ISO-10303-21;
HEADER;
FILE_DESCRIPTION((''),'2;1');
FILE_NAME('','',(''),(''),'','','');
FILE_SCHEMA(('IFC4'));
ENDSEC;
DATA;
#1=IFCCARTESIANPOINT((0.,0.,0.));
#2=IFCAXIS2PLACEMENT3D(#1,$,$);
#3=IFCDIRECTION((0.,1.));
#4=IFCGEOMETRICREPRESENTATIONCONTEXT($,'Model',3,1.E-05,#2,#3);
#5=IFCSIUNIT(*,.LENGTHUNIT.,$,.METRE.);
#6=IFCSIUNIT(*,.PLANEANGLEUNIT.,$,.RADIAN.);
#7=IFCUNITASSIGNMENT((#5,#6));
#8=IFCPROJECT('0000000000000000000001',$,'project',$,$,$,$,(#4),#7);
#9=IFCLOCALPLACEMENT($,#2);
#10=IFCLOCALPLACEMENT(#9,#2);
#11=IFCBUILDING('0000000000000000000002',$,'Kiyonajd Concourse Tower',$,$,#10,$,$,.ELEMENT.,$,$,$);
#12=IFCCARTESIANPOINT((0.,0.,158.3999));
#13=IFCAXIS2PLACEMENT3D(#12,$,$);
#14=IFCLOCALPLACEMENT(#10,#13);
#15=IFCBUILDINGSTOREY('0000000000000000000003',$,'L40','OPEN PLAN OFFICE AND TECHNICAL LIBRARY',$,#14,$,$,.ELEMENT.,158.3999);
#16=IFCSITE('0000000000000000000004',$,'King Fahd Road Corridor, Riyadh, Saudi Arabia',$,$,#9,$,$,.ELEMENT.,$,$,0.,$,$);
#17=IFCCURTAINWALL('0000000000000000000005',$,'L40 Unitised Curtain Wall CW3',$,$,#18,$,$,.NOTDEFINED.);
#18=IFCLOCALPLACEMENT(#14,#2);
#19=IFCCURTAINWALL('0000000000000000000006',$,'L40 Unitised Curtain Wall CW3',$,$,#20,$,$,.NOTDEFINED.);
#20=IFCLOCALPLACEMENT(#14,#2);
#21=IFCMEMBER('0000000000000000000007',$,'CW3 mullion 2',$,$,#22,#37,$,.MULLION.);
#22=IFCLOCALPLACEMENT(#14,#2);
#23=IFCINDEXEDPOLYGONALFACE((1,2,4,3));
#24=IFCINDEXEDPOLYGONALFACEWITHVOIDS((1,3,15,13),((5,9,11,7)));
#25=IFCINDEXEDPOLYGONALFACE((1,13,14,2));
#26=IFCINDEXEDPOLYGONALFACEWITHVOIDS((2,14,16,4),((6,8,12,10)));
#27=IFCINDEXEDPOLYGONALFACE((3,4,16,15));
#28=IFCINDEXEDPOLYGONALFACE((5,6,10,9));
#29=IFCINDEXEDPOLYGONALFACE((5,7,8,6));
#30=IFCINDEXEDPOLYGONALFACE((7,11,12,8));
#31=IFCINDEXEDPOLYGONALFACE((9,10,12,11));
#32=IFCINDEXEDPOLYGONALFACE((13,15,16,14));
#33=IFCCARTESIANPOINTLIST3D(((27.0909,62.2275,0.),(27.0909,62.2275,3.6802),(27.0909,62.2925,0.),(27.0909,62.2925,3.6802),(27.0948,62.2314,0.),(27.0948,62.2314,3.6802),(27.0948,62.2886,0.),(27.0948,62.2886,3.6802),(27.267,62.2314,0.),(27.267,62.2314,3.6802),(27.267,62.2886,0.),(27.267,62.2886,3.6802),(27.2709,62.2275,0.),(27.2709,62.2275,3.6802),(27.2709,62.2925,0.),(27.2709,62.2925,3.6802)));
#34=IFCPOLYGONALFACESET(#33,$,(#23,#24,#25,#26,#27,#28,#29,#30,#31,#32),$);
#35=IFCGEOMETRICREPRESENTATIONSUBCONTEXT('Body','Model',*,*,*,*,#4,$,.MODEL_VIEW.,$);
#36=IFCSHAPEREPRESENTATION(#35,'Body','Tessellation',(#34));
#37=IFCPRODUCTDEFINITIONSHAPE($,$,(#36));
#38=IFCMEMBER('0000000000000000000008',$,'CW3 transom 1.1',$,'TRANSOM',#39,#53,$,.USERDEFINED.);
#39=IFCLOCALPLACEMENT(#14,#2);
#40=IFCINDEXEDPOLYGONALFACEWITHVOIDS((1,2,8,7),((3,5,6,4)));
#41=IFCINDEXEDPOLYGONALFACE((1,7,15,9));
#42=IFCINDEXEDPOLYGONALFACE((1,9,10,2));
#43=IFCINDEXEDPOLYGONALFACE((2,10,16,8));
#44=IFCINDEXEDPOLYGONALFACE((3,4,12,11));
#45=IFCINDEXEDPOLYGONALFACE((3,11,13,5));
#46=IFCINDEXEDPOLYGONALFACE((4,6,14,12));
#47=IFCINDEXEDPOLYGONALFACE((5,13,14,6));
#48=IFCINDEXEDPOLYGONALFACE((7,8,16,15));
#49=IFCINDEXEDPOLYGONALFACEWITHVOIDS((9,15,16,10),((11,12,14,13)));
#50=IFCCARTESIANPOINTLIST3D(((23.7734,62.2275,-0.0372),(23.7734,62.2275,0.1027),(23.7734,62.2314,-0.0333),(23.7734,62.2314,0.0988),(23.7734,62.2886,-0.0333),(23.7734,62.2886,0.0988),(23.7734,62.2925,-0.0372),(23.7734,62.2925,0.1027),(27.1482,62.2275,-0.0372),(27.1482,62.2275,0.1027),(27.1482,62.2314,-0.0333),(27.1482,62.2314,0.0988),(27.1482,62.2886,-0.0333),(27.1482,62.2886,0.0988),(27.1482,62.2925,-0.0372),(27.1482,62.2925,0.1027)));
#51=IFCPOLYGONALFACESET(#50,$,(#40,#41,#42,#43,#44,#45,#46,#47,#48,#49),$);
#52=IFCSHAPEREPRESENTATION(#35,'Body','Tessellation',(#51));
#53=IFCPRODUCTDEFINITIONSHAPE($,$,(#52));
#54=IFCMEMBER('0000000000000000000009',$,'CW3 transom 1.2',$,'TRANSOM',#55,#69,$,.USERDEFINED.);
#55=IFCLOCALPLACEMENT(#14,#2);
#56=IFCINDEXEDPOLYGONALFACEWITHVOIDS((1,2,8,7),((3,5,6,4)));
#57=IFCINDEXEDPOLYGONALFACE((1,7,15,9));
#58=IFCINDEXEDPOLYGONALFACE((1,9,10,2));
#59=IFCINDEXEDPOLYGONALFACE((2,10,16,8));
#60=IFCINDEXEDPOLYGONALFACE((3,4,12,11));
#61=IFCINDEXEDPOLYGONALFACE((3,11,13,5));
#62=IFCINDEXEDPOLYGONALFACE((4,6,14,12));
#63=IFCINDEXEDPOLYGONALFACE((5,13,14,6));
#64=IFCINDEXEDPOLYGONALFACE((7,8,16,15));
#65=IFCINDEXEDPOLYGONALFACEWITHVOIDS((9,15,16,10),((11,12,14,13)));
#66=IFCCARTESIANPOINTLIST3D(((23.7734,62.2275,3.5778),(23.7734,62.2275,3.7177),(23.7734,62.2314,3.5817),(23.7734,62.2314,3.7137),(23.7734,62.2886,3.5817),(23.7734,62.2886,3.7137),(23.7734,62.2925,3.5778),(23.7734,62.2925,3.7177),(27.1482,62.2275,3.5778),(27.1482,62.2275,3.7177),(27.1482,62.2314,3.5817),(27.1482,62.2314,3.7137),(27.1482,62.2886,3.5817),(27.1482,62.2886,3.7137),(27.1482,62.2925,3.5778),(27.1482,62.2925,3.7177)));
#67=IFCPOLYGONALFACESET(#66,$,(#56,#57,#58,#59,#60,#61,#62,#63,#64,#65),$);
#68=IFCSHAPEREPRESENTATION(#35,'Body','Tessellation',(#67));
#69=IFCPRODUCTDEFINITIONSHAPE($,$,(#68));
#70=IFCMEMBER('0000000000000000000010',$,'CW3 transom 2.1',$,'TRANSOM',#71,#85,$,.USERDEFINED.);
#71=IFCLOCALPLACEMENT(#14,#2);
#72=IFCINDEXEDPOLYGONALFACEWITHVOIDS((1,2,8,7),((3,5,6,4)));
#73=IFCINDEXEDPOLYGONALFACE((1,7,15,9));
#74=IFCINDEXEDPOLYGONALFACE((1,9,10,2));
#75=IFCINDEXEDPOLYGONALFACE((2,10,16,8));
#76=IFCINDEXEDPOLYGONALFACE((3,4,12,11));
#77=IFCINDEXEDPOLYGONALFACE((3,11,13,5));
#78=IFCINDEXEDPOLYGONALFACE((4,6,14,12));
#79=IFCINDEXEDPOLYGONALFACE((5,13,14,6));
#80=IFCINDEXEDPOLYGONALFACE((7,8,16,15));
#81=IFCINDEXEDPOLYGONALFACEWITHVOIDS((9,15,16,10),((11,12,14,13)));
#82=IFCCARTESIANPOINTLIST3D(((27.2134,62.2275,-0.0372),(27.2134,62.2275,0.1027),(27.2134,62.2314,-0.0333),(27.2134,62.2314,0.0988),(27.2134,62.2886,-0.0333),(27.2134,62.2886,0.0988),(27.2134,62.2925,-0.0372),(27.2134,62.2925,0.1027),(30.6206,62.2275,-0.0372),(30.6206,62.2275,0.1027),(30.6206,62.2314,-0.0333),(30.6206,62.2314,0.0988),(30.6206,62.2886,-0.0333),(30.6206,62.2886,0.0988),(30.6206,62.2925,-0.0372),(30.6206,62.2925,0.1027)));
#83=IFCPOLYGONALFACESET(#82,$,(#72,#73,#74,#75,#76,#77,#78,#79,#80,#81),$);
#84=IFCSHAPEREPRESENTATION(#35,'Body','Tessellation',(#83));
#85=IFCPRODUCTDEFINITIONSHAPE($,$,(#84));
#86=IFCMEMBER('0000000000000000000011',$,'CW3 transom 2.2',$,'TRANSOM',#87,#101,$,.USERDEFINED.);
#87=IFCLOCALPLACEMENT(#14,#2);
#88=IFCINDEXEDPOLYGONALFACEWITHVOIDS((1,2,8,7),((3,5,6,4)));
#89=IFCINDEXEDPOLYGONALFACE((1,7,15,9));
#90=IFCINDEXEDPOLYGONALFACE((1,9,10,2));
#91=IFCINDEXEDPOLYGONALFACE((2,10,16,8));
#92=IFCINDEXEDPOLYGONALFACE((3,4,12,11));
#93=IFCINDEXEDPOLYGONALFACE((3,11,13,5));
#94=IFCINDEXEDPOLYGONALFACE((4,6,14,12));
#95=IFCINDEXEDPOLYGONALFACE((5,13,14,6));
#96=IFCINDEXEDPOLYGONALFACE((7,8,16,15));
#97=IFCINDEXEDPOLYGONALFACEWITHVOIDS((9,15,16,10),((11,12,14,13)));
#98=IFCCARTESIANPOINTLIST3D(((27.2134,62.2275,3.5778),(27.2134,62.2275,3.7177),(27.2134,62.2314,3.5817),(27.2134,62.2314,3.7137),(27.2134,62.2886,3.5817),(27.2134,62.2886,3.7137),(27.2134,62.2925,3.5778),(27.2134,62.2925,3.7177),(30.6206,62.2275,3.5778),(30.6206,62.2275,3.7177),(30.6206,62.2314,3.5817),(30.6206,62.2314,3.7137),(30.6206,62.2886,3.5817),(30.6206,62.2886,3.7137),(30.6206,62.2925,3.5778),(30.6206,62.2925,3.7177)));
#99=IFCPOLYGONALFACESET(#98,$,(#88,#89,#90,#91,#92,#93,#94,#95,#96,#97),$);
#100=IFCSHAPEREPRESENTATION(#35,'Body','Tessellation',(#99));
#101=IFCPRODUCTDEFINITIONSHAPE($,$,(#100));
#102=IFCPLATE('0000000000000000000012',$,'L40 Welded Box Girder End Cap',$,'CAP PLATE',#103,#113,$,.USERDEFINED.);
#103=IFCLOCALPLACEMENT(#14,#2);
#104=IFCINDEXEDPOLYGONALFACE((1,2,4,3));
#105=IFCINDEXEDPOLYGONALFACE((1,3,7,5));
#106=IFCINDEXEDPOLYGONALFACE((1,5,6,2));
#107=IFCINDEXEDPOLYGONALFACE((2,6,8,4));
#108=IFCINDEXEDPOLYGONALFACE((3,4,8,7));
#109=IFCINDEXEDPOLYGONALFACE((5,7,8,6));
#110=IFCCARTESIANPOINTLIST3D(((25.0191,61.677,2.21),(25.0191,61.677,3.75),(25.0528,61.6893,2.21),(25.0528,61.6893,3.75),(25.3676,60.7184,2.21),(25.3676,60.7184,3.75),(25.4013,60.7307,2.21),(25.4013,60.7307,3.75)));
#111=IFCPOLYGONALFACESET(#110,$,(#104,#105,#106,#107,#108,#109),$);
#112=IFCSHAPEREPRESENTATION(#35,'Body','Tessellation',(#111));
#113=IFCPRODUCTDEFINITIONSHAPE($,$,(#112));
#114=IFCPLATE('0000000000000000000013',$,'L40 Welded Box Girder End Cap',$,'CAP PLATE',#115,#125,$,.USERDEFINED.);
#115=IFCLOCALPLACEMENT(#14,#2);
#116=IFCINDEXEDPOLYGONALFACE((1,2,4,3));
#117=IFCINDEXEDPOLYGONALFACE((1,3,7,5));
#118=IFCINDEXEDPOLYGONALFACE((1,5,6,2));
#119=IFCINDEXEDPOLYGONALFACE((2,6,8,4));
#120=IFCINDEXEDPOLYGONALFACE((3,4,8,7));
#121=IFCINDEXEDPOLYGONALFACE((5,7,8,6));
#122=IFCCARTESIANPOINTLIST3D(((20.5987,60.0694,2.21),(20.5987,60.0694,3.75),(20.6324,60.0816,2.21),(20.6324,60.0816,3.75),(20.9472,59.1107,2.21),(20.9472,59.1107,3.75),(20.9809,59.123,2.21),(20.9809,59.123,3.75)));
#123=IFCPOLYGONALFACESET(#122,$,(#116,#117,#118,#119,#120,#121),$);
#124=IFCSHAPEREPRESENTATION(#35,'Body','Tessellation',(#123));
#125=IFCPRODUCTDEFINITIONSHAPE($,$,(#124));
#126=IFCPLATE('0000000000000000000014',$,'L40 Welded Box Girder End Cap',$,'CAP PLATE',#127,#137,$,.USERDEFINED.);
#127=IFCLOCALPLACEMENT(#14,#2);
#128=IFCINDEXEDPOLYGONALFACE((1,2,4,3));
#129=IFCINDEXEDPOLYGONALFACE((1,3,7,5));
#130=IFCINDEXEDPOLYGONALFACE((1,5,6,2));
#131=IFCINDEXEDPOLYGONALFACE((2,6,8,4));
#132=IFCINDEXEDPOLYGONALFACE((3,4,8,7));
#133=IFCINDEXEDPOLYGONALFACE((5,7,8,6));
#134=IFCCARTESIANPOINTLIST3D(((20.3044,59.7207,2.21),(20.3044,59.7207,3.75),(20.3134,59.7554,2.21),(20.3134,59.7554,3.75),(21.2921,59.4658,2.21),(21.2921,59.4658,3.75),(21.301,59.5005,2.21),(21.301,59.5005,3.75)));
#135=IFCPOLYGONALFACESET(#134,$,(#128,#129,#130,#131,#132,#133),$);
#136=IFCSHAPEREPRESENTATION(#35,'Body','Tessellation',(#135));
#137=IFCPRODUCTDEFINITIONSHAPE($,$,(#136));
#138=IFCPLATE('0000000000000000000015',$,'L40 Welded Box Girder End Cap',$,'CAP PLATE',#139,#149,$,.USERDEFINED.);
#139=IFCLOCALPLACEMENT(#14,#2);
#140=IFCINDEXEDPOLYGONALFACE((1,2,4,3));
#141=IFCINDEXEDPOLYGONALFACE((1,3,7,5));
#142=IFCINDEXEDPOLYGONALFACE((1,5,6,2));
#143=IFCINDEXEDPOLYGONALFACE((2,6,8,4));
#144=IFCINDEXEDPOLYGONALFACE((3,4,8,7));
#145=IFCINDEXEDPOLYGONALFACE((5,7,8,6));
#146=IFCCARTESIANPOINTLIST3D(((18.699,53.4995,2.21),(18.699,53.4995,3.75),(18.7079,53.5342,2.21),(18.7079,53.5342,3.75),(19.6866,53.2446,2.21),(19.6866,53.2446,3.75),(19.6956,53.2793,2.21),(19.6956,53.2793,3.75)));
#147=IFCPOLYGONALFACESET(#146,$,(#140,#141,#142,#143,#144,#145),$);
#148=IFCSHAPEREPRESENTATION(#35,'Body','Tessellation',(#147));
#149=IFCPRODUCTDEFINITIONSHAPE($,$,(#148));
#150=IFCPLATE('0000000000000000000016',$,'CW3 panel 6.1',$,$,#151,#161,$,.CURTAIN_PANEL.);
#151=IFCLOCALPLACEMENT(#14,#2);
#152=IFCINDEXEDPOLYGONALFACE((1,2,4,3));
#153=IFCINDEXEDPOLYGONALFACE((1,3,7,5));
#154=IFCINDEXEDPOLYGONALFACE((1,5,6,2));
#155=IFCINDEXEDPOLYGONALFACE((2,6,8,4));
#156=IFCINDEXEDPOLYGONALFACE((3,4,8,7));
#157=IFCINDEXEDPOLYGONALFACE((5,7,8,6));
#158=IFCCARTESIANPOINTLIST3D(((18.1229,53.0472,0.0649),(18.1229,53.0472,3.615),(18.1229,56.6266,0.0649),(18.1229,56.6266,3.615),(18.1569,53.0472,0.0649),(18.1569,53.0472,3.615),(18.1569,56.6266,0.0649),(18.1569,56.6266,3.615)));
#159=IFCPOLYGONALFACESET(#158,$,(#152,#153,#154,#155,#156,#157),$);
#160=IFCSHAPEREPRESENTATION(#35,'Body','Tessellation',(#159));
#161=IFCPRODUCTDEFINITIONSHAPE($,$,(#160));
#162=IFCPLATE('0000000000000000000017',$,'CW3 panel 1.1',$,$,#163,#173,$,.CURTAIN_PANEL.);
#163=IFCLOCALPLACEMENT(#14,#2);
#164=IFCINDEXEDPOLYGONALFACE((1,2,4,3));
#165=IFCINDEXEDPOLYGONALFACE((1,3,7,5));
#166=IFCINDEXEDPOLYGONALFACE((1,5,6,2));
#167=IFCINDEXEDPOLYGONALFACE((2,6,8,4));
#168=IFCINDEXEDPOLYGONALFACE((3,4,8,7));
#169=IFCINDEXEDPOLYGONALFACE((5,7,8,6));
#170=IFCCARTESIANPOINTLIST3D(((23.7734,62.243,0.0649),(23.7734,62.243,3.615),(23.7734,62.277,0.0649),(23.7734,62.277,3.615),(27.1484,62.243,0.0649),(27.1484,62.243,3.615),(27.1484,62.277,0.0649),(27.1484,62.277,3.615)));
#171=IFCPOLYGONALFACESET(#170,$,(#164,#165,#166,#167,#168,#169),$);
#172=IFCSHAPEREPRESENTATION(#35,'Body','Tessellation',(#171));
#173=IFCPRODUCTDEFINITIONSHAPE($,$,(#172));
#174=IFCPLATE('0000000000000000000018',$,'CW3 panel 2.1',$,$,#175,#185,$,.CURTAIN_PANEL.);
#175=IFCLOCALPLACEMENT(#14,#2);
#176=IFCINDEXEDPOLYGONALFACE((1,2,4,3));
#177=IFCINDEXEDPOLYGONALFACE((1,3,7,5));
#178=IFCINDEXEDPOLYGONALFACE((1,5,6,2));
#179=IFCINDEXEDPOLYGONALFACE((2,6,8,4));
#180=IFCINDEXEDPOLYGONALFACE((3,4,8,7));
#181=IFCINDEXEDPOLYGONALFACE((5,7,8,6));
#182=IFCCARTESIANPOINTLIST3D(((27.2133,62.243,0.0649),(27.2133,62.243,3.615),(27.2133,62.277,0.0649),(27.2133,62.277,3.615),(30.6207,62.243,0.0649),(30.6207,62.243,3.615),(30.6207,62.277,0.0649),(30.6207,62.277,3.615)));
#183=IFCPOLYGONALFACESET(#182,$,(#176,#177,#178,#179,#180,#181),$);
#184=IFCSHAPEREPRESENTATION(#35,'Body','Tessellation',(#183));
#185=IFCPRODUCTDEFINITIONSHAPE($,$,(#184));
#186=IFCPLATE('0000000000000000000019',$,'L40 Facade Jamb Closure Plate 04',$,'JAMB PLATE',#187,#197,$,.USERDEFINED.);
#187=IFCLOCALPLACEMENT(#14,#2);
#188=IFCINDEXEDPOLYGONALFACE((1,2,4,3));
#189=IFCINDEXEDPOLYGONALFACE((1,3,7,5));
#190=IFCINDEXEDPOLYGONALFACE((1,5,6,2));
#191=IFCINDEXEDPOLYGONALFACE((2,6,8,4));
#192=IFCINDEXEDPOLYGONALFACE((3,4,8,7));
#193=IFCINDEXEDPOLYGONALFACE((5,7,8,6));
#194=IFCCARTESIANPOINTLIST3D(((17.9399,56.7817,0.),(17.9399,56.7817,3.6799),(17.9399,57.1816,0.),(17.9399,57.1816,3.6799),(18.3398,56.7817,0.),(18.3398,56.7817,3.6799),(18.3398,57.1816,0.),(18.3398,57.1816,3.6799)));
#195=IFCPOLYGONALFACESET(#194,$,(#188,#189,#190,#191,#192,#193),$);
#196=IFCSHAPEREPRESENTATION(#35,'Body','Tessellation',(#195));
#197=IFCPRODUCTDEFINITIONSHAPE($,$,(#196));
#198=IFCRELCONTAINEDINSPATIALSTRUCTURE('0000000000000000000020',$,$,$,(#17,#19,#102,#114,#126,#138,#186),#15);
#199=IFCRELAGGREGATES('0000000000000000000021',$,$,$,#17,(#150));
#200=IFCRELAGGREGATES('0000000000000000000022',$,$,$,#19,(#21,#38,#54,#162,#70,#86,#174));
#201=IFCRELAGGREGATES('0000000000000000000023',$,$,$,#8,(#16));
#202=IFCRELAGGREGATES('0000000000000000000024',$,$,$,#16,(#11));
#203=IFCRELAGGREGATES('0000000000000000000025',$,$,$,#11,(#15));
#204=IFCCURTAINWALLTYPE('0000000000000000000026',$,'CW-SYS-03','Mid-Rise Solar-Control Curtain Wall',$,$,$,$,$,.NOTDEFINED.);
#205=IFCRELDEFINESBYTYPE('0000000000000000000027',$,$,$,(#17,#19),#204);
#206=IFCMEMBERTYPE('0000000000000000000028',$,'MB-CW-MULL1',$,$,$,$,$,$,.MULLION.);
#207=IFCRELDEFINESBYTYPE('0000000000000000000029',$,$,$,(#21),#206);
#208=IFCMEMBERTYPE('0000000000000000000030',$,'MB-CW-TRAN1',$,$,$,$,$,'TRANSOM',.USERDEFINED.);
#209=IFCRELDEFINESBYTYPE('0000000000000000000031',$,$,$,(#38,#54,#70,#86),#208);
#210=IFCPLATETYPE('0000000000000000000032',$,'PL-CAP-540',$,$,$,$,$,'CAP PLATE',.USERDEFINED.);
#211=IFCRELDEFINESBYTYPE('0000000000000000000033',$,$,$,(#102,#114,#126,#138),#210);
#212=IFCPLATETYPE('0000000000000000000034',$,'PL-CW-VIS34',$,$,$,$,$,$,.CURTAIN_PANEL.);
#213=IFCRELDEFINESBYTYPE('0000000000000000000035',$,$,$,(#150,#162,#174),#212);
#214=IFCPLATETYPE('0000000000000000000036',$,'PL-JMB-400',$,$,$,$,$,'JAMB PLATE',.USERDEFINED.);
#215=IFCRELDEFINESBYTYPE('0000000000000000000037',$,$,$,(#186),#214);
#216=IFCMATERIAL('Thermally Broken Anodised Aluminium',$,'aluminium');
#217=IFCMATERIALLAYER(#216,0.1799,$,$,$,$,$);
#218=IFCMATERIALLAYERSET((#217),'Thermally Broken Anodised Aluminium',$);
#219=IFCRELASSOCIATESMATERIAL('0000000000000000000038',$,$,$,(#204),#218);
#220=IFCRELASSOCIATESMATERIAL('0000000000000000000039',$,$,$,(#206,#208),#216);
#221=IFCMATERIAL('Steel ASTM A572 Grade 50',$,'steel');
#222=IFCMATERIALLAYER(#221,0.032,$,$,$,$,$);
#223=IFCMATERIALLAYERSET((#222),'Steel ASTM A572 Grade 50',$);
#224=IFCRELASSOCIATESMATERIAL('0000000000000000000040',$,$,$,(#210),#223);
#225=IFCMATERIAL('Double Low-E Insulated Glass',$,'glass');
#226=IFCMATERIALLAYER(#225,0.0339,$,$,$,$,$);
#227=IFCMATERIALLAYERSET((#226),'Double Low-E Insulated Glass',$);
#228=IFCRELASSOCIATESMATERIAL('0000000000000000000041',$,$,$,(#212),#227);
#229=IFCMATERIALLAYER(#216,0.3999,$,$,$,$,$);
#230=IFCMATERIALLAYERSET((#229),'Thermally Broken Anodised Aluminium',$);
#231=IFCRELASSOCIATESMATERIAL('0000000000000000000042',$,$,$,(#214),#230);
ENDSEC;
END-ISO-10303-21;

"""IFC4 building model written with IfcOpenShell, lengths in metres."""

from ifc_helpers import new_model, si_unit, direction, frame, origin, origin_2d, place, context, subcontext, project, spatial, rectangle, hollow_rectangle, extrude, material, layer, layer_set, material_profile, profile_set, type_object, element, aggregate, save


model = new_model("IFC4")

# Units and contexts
model_context = context("Model", 3, precision=1e-05, world=origin(), true_north=direction((0.0, 1.0)))
body_context = subcontext(model_context, "Body", "Model", "MODEL_VIEW")
ifc_project = project(units=[si_unit("LENGTHUNIT", "METRE"), si_unit("PLANEANGLEUNIT", "RADIAN")], contexts=[model_context])

# Site, building, storey
site_placement = place(None, origin())
site = spatial("IfcSite", under=ifc_project, at=site_placement, Name="King Fahd Road Corridor, Riyadh, Saudi Arabia", CompositionType="ELEMENT", RefElevation=0.0)
building_placement = place(site_placement, origin())
building = spatial("IfcBuilding", under=site, at=building_placement, Name="Kiyonajd Concourse Tower", CompositionType="ELEMENT")
storey_placement = place(building_placement, frame((0.0, 0.0, 158.3999)))
storey = spatial("IfcBuildingStorey", under=building, at=storey_placement, Name="L40", Description="OPEN PLAN OFFICE AND TECHNICAL LIBRARY", CompositionType="ELEMENT", Elevation=158.3999)

# Shared definitions
ifc_material_1 = material(Name="Steel ASTM A572 Grade 50", Category="steel")

# Curtain wall
ifc_material_2 = material(Name="Thermally Broken Anodised Aluminium", Category="aluminium")
ifc_layer_1 = layer(ifc_material_2, 0.1799)
ifc_layer_set_1 = layer_set([ifc_layer_1], Name="Thermally Broken Anodised Aluminium")
curtain_wall_type = type_object("IfcCurtainWallType", Name="CW-SYS-03", Description="Mid-Rise Solar-Control Curtain Wall", PredefinedType="NOTDEFINED", material=ifc_layer_set_1)
curtain_wall_1_placement = place(storey_placement, origin())
curtain_wall_1 = element("IfcCurtainWall", 1, at=curtain_wall_1_placement, inside=storey, type_object=curtain_wall_type, Name="L40 Unitised Curtain Wall CW3", PredefinedType="NOTDEFINED")
ifc_material_profile_1 = material_profile(ifc_material_2, hollow_rectangle(XDim=0.0649, YDim=0.1799, WallThickness=0.0039, at=origin_2d()), Name="MULL-65x180")
ifc_profile_set_1 = profile_set([ifc_material_profile_1], Name="Thermally Broken Anodised Aluminium")
member_type_1 = type_object("IfcMemberType", Name="MB-CW-MULL1", PredefinedType="MULLION", material=ifc_profile_set_1)

# Curtain wall, members
curtain_wall_2_placement = place(storey_placement, origin())
curtain_wall_2 = element("IfcCurtainWall", 2, at=curtain_wall_2_placement, inside=storey, type_object=curtain_wall_type, Name="L40 Unitised Curtain Wall CW3", PredefinedType="NOTDEFINED")
member_1_placement = place(storey_placement, frame((27.1809, 62.26, 0.0), z_axis=(0.0, 0.0, 1.0), x_axis=(0.0, 1.0, 0.0)))
member_1 = element("IfcMember", 3, at=member_1_placement, type_object=member_type_1, Name="CW3 mullion 2", PredefinedType="MULLION", context=body_context, shape_type="SweptSolid", body=[
    extrude(hollow_rectangle(XDim=0.0649, YDim=0.1799, WallThickness=0.0039, at=origin_2d()), origin(), (0.0, 0.0, 1.0), 3.6802),
])
ifc_material_profile_2 = material_profile(ifc_material_2, hollow_rectangle(XDim=0.0649, YDim=0.1399, WallThickness=0.0039, at=origin_2d()), Name="TRAN-65x140")
ifc_profile_set_2 = profile_set([ifc_material_profile_2], Name="Thermally Broken Anodised Aluminium")
member_type_2 = type_object("IfcMemberType", Name="MB-CW-TRAN1", ElementType="TRANSOM", PredefinedType="USERDEFINED", material=ifc_profile_set_2)
member_2_placement = place(storey_placement, frame((23.7734, 62.26, 0.0327), z_axis=(1.0, 0.0, 0.0), x_axis=(0.0, 1.0, 0.0)))
member_2 = element("IfcMember", 4, at=member_2_placement, type_object=member_type_2, Name="CW3 transom 1.1", ObjectType="TRANSOM", PredefinedType="USERDEFINED", context=body_context, shape_type="SweptSolid", body=[
    extrude(hollow_rectangle(XDim=0.0649, YDim=0.1399, WallThickness=0.0039, at=origin_2d()), origin(), (0.0, 0.0, 1.0), 3.3748),
])
member_3_placement = place(storey_placement, frame((23.7734, 62.26, 3.6477), z_axis=(1.0, 0.0, 0.0), x_axis=(0.0, 1.0, 0.0)))
member_3 = element("IfcMember", 5, at=member_3_placement, type_object=member_type_2, Name="CW3 transom 1.2", ObjectType="TRANSOM", PredefinedType="USERDEFINED", context=body_context, shape_type="SweptSolid", body=[
    extrude(hollow_rectangle(XDim=0.0649, YDim=0.1399, WallThickness=0.0039, at=origin_2d()), origin(), (0.0, 0.0, 1.0), 3.3748),
])
member_4_placement = place(storey_placement, frame((27.2134, 62.26, 0.0327), z_axis=(1.0, 0.0, 0.0), x_axis=(0.0, 1.0, 0.0)))
member_4 = element("IfcMember", 6, at=member_4_placement, type_object=member_type_2, Name="CW3 transom 2.1", ObjectType="TRANSOM", PredefinedType="USERDEFINED", context=body_context, shape_type="SweptSolid", body=[
    extrude(hollow_rectangle(XDim=0.0649, YDim=0.1399, WallThickness=0.0039, at=origin_2d()), origin(), (0.0, 0.0, 1.0), 3.4072),
])
member_5_placement = place(storey_placement, frame((27.2134, 62.26, 3.6477), z_axis=(1.0, 0.0, 0.0), x_axis=(0.0, 1.0, 0.0)))
member_5 = element("IfcMember", 7, at=member_5_placement, type_object=member_type_2, Name="CW3 transom 2.2", ObjectType="TRANSOM", PredefinedType="USERDEFINED", context=body_context, shape_type="SweptSolid", body=[
    extrude(hollow_rectangle(XDim=0.0649, YDim=0.1399, WallThickness=0.0039, at=origin_2d()), origin(), (0.0, 0.0, 1.0), 3.4072),
])

# Plates
ifc_layer_2 = layer(ifc_material_1, 0.032)
ifc_layer_set_2 = layer_set([ifc_layer_2], Name="Steel ASTM A572 Grade 50")
plate_type_1 = type_object("IfcPlateType", Name="PL-CAP-540", ElementType="CAP PLATE", PredefinedType="USERDEFINED", material=ifc_layer_set_2)
for number, where, z_axis, x_axis, name in (
    (8, (25.2102, 61.2039, 2.21), (0.0, 0.0, 1.0), (0.939812, 0.341692, 0.0), "L40 Welded Box Girder End Cap"),
    (9, (20.7898, 59.5962, 2.21), (0.0, 0.0, 1.0), (-0.939812, -0.341692, 0.0), "L40 Welded Box Girder End Cap"),
    (10, (20.8027, 59.6106, 2.21), (0.0, 0.0, 1.0), (0.249873, 0.968279, 0.0), "L40 Welded Box Girder End Cap"),
    (11, (19.1973, 53.3894, 2.21), (0.0, 0.0, 1.0), (-0.249873, -0.968279, 0.0), "L40 Welded Box Girder End Cap"),
):
    element("IfcPlate", number, at=place(storey_placement, frame(where, z_axis=z_axis, x_axis=x_axis)), inside=storey, type_object=plate_type_1, Name=name, ObjectType="CAP PLATE", PredefinedType="USERDEFINED", context=body_context, shape_type="SweptSolid", body=[
        extrude(rectangle(XDim=0.0359, YDim=1.02, at=origin_2d()), origin(), (0.0, 0.0, 1.0), 1.54),
    ])

# Plates
ifc_material_3 = material(Name="Double Low-E Insulated Glass", Category="glass")
ifc_layer_3 = layer(ifc_material_3, 0.0339)
ifc_layer_set_3 = layer_set([ifc_layer_3], Name="Double Low-E Insulated Glass")
plate_type_2 = type_object("IfcPlateType", Name="PL-CW-VIS34", PredefinedType="CURTAIN_PANEL", material=ifc_layer_set_3)
plate_1_placement = place(storey_placement, frame((18.1399, 54.8369, 0.0649), z_axis=(0.0, 0.0, 1.0), x_axis=(0.0, 1.0, 0.0)))
plate_1 = element("IfcPlate", 12, at=plate_1_placement, type_object=plate_type_2, Name="CW3 panel 6.1", PredefinedType="CURTAIN_PANEL", context=body_context, shape_type="SweptSolid", body=[
    extrude(rectangle(XDim=3.5793, YDim=0.0339, at=origin_2d()), origin(), (0.0, 0.0, 1.0), 3.55),
])
aggregate(curtain_wall_1, [plate_1])
plate_2_placement = place(storey_placement, frame((25.4609, 62.26, 0.0649), z_axis=(0.0, 0.0, 1.0), x_axis=(1.0, 0.0, 0.0)))
plate_2 = element("IfcPlate", 13, at=plate_2_placement, type_object=plate_type_2, Name="CW3 panel 1.1", PredefinedType="CURTAIN_PANEL", context=body_context, shape_type="SweptSolid", body=[
    extrude(rectangle(XDim=3.375, YDim=0.0339, at=origin_2d()), origin(), (0.0, 0.0, 1.0), 3.55),
])
plate_3_placement = place(storey_placement, frame((28.917, 62.26, 0.0649), z_axis=(0.0, 0.0, 1.0), x_axis=(1.0, 0.0, 0.0)))
plate_3 = element("IfcPlate", 14, at=plate_3_placement, type_object=plate_type_2, Name="CW3 panel 2.1", PredefinedType="CURTAIN_PANEL", context=body_context, shape_type="SweptSolid", body=[
    extrude(rectangle(XDim=3.4075, YDim=0.0339, at=origin_2d()), origin(), (0.0, 0.0, 1.0), 3.55),
])
aggregate(curtain_wall_2, [member_1, member_2, member_3, plate_2, member_4, member_5, plate_3])

# Plate
ifc_layer_4 = layer(ifc_material_2, 0.3999)
ifc_layer_set_4 = layer_set([ifc_layer_4], Name="Thermally Broken Anodised Aluminium")
plate_type_3 = type_object("IfcPlateType", Name="PL-JMB-400", ElementType="JAMB PLATE", PredefinedType="USERDEFINED", material=ifc_layer_set_4)
for number, where, z_axis, x_axis, name in (
    (15, (18.1399, 56.9817, 0.0), (0.0, 0.0, 1.0), (1.0, 0.0, 0.0), "L40 Facade Jamb Closure Plate 04"),
):
    element("IfcPlate", number, at=place(storey_placement, frame(where, z_axis=z_axis, x_axis=x_axis)), inside=storey, type_object=plate_type_3, Name=name, ObjectType="JAMB PLATE", PredefinedType="USERDEFINED", context=body_context, shape_type="SweptSolid", body=[
        extrude(rectangle(XDim=0.3999, YDim=0.3999, at=origin_2d()), origin(), (0.0, 0.0, 1.0), 3.6799),
    ])

save(model, "model.ifc")
